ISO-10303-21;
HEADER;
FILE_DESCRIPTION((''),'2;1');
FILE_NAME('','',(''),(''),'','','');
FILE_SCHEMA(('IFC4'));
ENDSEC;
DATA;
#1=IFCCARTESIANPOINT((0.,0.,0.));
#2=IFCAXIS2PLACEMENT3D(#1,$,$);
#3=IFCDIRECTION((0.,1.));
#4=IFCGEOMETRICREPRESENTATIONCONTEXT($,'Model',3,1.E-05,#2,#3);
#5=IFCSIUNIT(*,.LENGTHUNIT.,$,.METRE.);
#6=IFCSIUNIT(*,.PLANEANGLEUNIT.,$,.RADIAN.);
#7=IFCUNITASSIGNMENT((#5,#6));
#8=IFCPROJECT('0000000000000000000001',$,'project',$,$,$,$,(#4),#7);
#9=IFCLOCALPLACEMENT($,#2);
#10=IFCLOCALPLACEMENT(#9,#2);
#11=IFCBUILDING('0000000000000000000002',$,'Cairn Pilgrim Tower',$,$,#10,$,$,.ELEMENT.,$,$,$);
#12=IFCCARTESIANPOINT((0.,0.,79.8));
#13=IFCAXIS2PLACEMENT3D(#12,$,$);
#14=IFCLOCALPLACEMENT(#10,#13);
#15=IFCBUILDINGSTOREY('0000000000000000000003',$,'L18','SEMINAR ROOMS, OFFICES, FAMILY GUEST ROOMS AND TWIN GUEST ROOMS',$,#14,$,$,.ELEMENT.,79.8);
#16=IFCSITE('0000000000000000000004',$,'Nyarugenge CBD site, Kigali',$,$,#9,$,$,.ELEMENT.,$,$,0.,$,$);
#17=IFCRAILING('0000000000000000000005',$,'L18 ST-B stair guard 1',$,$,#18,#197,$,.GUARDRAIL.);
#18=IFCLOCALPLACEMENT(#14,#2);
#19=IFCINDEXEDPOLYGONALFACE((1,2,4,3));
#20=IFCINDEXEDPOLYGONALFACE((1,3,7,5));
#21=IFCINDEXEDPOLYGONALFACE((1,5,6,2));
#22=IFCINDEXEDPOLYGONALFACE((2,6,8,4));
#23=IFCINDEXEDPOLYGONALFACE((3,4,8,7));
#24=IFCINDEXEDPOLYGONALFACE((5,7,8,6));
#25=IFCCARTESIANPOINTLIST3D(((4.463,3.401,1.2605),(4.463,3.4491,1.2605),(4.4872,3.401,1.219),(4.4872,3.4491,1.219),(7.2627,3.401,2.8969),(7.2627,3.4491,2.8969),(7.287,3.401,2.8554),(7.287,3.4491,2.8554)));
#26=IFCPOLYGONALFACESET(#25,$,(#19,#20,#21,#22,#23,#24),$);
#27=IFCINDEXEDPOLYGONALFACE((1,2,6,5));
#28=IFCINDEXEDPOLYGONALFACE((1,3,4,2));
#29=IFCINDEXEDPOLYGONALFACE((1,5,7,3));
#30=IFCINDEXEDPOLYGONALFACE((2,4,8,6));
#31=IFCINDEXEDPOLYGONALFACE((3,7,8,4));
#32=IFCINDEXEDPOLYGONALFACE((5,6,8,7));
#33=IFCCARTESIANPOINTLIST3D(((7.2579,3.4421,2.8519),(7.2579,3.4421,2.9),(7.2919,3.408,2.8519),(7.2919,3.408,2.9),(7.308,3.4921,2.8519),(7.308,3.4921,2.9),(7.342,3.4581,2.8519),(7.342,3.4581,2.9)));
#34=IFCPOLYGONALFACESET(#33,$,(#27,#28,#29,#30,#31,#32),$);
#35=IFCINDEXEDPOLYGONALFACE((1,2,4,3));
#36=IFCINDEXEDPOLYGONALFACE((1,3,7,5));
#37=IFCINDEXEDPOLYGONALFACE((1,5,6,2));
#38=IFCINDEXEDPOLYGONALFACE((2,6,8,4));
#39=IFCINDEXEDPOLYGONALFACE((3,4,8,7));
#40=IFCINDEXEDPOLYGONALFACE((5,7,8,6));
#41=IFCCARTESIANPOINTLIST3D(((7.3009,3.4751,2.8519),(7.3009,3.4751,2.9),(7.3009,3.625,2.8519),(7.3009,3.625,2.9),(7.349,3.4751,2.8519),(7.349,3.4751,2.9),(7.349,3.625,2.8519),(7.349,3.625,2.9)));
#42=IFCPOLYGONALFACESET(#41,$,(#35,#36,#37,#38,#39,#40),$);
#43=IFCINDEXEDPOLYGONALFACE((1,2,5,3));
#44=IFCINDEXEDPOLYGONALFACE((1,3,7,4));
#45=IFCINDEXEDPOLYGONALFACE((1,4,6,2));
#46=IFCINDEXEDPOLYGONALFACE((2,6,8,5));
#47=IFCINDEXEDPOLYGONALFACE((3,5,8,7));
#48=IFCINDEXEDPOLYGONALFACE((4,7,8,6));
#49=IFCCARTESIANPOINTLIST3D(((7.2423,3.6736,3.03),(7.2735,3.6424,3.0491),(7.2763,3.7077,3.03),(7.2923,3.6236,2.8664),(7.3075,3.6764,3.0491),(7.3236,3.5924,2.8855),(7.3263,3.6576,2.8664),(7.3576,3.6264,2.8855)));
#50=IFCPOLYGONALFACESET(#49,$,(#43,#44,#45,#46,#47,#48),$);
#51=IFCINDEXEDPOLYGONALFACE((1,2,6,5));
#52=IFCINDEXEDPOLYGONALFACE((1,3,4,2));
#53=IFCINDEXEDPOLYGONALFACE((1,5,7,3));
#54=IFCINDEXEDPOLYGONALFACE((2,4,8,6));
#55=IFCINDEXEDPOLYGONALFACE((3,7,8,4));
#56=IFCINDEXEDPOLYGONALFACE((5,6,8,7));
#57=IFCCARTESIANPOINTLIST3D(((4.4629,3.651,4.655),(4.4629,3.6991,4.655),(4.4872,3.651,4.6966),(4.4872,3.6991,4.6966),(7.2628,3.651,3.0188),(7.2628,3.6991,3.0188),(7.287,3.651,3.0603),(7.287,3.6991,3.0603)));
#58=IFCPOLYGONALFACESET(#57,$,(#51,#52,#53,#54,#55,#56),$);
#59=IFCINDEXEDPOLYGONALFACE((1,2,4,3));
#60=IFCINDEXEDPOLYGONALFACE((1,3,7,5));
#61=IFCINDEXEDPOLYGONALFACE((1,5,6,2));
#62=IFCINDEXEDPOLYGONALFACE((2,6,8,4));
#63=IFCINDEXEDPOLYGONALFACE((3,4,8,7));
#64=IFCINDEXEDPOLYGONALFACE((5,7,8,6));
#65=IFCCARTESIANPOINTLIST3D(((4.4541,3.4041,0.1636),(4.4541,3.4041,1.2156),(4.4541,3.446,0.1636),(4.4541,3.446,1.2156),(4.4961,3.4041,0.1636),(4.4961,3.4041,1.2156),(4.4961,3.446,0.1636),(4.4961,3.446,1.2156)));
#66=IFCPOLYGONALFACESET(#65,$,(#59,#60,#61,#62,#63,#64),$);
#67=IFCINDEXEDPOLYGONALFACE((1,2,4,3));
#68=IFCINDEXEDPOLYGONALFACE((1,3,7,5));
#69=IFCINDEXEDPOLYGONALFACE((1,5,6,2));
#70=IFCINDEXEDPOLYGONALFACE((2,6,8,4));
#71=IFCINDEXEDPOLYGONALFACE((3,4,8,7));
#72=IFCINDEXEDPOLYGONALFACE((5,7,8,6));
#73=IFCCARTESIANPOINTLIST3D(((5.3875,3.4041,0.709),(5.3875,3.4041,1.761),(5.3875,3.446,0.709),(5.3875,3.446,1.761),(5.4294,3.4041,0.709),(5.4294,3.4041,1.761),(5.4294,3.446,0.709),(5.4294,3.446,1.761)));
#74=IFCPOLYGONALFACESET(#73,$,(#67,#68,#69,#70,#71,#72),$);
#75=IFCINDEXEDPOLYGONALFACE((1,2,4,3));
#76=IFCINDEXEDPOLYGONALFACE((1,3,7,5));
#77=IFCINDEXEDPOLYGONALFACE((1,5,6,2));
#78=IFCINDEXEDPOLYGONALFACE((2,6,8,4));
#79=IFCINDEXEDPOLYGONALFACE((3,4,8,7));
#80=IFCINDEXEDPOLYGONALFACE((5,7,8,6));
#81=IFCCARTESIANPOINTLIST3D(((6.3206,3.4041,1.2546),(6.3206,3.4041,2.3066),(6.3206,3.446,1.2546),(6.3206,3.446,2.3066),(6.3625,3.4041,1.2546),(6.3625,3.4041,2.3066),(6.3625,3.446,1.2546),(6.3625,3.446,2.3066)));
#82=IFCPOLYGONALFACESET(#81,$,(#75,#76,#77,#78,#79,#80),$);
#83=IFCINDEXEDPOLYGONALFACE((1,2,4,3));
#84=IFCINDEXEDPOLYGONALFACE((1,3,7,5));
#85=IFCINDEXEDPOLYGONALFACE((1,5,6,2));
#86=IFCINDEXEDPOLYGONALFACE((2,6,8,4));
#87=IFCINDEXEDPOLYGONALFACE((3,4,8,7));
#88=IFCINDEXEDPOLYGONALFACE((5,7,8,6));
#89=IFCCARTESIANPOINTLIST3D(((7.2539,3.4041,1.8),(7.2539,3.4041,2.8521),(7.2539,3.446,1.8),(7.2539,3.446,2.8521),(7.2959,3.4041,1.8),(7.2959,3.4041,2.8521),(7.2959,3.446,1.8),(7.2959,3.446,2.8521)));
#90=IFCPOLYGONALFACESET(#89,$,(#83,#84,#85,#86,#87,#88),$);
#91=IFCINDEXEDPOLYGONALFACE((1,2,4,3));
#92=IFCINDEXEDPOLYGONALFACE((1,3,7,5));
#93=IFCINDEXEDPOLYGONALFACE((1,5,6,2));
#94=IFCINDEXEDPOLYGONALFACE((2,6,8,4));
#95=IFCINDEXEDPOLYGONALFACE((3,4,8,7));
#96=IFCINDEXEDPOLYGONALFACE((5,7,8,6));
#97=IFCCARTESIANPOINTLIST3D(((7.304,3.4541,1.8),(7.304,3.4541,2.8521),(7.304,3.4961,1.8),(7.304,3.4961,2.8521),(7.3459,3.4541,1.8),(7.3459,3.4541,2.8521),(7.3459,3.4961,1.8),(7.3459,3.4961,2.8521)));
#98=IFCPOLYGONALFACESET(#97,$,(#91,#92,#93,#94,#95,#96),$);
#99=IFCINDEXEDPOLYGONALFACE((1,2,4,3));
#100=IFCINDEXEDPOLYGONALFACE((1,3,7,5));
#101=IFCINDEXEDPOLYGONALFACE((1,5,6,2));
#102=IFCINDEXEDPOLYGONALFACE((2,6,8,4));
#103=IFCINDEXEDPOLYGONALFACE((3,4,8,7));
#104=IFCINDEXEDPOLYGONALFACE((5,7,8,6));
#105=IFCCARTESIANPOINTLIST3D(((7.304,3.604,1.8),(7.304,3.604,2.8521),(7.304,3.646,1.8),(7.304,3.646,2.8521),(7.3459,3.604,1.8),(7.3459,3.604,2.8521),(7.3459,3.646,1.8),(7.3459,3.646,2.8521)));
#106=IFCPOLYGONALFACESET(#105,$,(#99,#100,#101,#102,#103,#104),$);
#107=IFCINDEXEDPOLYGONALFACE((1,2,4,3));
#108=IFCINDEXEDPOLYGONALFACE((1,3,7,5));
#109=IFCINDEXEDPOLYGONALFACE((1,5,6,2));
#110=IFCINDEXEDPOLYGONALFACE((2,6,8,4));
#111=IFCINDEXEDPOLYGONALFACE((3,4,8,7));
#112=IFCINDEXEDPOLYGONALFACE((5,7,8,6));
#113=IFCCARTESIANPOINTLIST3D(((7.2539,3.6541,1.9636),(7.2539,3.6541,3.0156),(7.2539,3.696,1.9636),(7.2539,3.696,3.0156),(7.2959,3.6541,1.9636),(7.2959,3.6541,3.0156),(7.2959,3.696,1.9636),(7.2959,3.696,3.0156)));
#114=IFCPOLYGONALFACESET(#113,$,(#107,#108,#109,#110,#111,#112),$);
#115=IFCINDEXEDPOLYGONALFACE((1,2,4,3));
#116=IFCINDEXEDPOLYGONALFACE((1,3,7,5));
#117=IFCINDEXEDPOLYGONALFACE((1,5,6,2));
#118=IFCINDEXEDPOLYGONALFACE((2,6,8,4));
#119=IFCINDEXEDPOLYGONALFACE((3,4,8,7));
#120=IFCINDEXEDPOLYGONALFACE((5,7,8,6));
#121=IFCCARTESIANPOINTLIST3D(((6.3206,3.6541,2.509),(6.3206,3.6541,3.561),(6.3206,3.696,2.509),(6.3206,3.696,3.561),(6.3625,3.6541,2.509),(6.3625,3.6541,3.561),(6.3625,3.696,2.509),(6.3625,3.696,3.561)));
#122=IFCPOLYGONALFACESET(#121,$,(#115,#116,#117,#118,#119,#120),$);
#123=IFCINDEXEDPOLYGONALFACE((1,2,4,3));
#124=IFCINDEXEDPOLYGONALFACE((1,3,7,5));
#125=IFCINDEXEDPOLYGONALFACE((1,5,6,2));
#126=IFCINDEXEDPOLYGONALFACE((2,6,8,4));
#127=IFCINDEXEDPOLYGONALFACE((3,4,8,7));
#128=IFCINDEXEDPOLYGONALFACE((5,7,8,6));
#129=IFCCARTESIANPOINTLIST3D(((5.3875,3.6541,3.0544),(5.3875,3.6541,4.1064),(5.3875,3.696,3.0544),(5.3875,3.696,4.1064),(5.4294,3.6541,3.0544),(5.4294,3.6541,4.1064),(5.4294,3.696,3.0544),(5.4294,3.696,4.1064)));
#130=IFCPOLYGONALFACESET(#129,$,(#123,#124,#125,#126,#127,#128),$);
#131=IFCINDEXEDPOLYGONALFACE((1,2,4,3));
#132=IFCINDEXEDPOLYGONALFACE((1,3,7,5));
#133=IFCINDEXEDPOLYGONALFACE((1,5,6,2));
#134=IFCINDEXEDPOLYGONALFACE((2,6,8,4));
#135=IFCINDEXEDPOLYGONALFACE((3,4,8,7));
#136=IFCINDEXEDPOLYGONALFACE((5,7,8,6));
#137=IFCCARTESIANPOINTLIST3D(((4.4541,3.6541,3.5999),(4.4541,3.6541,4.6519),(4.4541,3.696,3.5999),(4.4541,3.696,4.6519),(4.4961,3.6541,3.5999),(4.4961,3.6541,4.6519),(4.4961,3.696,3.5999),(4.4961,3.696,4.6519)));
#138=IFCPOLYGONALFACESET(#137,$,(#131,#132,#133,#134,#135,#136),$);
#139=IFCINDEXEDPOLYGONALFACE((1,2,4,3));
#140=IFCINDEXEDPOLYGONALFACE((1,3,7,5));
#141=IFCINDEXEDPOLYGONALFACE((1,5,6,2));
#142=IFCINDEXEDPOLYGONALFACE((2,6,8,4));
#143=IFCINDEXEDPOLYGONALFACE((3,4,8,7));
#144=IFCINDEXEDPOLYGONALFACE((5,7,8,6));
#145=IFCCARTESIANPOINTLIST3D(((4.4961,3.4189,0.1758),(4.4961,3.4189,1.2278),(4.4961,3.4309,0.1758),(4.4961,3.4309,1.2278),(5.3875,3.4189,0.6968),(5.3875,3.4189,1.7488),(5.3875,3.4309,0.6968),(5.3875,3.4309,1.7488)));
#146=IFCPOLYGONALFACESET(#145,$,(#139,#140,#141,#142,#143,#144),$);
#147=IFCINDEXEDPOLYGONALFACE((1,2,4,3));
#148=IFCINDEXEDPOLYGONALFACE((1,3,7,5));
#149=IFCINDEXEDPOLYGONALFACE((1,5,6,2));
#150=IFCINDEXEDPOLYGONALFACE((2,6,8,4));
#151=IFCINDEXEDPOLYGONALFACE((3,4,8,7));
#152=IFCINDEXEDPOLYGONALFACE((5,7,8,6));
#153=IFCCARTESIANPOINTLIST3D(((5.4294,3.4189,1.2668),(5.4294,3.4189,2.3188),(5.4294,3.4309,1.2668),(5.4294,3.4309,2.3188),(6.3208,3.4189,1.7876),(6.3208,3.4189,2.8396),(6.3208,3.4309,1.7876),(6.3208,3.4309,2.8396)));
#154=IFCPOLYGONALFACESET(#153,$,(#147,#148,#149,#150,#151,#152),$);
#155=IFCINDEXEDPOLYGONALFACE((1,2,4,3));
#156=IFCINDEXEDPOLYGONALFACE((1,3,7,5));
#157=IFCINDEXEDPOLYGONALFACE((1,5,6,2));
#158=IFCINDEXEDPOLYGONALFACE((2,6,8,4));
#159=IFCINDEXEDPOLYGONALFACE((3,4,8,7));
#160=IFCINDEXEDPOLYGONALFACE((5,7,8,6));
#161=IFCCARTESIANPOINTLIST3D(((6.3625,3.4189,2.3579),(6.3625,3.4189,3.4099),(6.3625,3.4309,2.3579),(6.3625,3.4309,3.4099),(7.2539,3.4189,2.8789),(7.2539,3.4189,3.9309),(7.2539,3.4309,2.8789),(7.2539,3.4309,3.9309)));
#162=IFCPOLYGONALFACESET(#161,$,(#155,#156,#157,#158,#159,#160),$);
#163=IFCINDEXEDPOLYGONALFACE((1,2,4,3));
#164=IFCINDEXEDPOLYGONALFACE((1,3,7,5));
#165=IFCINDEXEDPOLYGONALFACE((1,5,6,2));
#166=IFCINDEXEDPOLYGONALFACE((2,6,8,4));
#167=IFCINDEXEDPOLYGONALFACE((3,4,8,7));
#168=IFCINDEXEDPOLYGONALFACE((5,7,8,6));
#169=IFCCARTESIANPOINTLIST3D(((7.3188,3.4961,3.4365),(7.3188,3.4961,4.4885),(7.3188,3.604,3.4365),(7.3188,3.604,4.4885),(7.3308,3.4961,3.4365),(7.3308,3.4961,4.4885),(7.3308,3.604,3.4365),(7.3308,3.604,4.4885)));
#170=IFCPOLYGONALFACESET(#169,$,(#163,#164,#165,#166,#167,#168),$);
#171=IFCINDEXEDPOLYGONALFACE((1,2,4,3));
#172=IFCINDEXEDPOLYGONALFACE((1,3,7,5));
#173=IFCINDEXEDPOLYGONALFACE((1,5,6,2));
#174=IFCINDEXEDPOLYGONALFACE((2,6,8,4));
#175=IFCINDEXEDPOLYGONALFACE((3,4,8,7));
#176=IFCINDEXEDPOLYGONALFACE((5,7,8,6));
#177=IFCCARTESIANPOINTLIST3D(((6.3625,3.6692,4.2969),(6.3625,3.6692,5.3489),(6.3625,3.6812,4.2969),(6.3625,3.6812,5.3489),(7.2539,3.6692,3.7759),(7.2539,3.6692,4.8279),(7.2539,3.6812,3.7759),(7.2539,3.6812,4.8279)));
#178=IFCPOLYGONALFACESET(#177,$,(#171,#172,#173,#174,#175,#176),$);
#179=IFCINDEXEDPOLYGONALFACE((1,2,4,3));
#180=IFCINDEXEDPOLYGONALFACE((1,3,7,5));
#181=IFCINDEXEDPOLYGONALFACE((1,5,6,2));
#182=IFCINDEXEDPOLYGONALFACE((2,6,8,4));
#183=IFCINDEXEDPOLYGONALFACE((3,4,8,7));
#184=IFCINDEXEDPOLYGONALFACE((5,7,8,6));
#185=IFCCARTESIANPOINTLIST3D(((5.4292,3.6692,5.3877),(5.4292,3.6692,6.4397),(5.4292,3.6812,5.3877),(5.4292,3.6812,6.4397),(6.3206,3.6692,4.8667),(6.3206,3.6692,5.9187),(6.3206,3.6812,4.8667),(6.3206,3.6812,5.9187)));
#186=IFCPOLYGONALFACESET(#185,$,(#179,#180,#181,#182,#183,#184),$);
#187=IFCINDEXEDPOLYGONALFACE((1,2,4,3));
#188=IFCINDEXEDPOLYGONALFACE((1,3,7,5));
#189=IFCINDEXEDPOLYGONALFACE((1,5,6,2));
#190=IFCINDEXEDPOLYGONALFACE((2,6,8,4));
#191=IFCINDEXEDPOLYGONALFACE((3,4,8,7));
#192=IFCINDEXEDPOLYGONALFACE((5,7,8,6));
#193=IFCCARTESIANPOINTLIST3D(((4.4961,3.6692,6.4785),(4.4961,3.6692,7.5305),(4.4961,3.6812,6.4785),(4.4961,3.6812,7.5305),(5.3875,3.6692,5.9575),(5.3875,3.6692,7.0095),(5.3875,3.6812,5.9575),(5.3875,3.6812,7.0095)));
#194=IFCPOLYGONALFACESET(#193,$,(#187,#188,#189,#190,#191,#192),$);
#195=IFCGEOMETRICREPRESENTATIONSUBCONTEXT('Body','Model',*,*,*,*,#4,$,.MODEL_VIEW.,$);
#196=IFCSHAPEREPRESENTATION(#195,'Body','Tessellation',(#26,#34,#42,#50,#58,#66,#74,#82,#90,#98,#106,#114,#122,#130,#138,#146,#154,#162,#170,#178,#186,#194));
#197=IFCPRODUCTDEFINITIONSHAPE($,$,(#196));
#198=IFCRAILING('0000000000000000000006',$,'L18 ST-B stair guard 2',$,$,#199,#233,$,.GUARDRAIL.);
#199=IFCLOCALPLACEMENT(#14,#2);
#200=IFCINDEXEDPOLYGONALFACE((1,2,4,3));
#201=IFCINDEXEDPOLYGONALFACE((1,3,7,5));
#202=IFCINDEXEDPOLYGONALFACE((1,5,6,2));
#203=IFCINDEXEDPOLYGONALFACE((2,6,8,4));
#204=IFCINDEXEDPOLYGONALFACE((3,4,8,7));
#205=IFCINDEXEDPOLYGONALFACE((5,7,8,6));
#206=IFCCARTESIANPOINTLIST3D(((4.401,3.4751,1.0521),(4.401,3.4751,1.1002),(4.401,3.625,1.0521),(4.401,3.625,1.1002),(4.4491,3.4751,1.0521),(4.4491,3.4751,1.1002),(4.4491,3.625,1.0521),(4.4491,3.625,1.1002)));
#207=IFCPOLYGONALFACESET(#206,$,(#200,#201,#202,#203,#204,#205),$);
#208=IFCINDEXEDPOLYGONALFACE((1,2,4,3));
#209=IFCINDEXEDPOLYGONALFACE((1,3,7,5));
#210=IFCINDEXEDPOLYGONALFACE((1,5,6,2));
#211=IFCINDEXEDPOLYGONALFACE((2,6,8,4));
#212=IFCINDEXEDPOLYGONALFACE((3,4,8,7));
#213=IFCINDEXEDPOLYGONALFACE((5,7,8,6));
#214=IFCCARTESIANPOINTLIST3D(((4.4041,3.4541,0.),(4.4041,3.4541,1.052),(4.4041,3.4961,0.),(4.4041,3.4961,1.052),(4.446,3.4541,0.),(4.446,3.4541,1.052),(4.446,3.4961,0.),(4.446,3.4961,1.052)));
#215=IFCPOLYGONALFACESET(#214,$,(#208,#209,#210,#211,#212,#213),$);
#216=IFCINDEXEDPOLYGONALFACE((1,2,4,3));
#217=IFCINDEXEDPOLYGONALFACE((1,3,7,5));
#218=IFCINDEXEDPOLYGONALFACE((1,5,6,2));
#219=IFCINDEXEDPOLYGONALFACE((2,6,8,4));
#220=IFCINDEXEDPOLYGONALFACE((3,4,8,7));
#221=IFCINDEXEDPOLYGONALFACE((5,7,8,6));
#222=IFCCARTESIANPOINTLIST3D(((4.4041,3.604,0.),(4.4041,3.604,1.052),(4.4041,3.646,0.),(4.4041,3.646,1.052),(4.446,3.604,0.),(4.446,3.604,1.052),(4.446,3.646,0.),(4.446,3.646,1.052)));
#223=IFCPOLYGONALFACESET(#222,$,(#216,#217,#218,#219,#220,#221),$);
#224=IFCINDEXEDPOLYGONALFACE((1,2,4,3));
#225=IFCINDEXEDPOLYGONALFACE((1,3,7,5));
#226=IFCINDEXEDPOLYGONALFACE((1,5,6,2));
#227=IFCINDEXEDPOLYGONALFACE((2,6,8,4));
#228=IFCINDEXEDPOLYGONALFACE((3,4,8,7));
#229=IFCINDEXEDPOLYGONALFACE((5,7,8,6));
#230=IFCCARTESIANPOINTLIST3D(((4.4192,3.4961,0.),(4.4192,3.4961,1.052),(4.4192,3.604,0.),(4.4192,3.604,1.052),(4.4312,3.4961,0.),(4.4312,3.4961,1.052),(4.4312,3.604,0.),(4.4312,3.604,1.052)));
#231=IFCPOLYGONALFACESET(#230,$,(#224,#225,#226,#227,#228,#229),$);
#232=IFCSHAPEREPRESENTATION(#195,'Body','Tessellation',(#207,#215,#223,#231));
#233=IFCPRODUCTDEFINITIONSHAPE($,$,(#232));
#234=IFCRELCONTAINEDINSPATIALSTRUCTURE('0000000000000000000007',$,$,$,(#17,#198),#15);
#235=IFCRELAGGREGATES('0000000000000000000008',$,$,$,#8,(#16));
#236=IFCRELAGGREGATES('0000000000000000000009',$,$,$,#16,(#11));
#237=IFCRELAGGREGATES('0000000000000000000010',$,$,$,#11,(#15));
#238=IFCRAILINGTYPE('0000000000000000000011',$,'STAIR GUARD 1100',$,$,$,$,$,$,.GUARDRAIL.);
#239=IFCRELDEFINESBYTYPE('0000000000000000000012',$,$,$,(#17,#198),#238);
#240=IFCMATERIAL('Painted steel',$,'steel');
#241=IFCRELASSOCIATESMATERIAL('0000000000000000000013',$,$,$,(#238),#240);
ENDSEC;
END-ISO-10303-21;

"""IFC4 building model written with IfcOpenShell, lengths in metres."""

from ifc_helpers import new_model, si_unit, direction, frame, origin, origin_2d, place, context, subcontext, project, spatial, polyline, rectangle, outline, extrude, material, type_object, element, save


model = new_model("IFC4")

# Units and contexts
model_context = context("Model", 3, precision=1e-05, world=origin(), true_north=direction((0.0, 1.0)))
body_context = subcontext(model_context, "Body", "Model", "MODEL_VIEW")
ifc_project = project(units=[si_unit("LENGTHUNIT", "METRE"), si_unit("PLANEANGLEUNIT", "RADIAN")], contexts=[model_context])

# Site, building, storey
site_placement = place(None, origin())
site = spatial("IfcSite", under=ifc_project, at=site_placement, Name="Nyarugenge CBD site, Kigali", CompositionType="ELEMENT", RefElevation=0.0)
building_placement = place(site_placement, origin())
building = spatial("IfcBuilding", under=site, at=building_placement, Name="Cairn Pilgrim Tower", CompositionType="ELEMENT")
storey_placement = place(building_placement, frame((0.0, 0.0, 79.8)))
storey = spatial("IfcBuildingStorey", under=building, at=storey_placement, Name="L18", Description="SEMINAR ROOMS, OFFICES, FAMILY GUEST ROOMS AND TWIN GUEST ROOMS", CompositionType="ELEMENT", Elevation=79.8)

# Shared definitions
ifc_material_1 = material(Name="Painted steel", Category="steel")

# Railings
railing_type_1 = type_object("IfcRailingType", Name="STAIR GUARD 1100", PredefinedType="GUARDRAIL", material=ifc_material_1)
railing_1_placement = place(storey_placement, frame((4.4751, 3.425, 0.1636)))
element("IfcRailing", 1, at=railing_1_placement, inside=storey, type_object=railing_type_1, Name="L18 ST-B stair guard 1", PredefinedType="GUARDRAIL", context=body_context, shape_type="SweptSolid", body=[
    extrude(rectangle(XDim=0.0481, YDim=0.0481, at=origin_2d()), frame((0.0, 0.0, 1.0762), z_axis=(0.863342, 0.0, 0.50462), x_axis=(0.0, 1.0, 0.0)), (0.0, 0.0, 1.0), 3.2429),
    extrude(rectangle(XDim=0.0481, YDim=0.0481, at=origin_2d()), frame((2.7998, 0.0, 2.7124), z_axis=(0.707107, 0.707107, 0.0), x_axis=(-0.707107, 0.707107, 0.0)), (0.0, 0.0, 1.0), 0.0708),
    extrude(rectangle(XDim=0.0481, YDim=0.0481, at=origin_2d()), frame((2.8499, 0.05, 2.7124), z_axis=(0.0, 1.0, 0.0), x_axis=(-1.0, 0.0, 0.0)), (0.0, 0.0, 1.0), 0.1499),
    extrude(rectangle(XDim=0.0481, YDim=0.0481, at=origin_2d()), frame((2.8499, 0.2, 2.7124), z_axis=(-0.280809, 0.280809, 0.917765), x_axis=(-0.707107, -0.707107, 0.0)), (0.0, 0.0, 1.0), 0.1782),
    extrude(rectangle(XDim=0.0481, YDim=0.0481, at=origin_2d()), frame((2.7998, 0.25, 2.876), z_axis=(-0.863374, 0.0, 0.504564), x_axis=(0.0, -1.0, 0.0)), (0.0, 0.0, 1.0), 3.2429),
    extrude(rectangle(XDim=0.042, YDim=0.042, at=origin_2d()), origin(), (0.0, 0.0, 1.0), 1.052),
    extrude(rectangle(XDim=0.042, YDim=0.042, at=origin_2d()), frame((0.9333, 0.0, 0.5454)), (0.0, 0.0, 1.0), 1.052),
    extrude(rectangle(XDim=0.042, YDim=0.042, at=origin_2d()), frame((1.8665, 0.0, 1.0911)), (0.0, 0.0, 1.0), 1.052),
    extrude(rectangle(XDim=0.042, YDim=0.042, at=origin_2d()), frame((2.7998, 0.0, 1.6365)), (0.0, 0.0, 1.0), 1.052),
    extrude(rectangle(XDim=0.042, YDim=0.042, at=origin_2d()), frame((2.8499, 0.05, 1.6365)), (0.0, 0.0, 1.0), 1.052),
    extrude(rectangle(XDim=0.042, YDim=0.042, at=origin_2d()), frame((2.8499, 0.2, 1.6365)), (0.0, 0.0, 1.0), 1.052),
    extrude(rectangle(XDim=0.042, YDim=0.042, at=origin_2d()), frame((2.7998, 0.25, 1.8)), (0.0, 0.0, 1.0), 1.052),
    extrude(rectangle(XDim=0.042, YDim=0.042, at=origin_2d()), frame((1.8665, 0.25, 2.3455)), (0.0, 0.0, 1.0), 1.052),
    extrude(rectangle(XDim=0.042, YDim=0.042, at=origin_2d()), frame((0.9333, 0.25, 2.8909)), (0.0, 0.0, 1.0), 1.052),
    extrude(rectangle(XDim=0.042, YDim=0.042, at=origin_2d()), frame((0.0, 0.25, 3.4363)), (0.0, 0.0, 1.0), 1.052),
    extrude(outline(polyline([(0.021, 0.0122), (0.9124, 0.5332), (0.9124, 1.5852), (0.021, 1.0642), (0.021, 0.0122)])), frame((0.0, 0.0059, 0.0), z_axis=(0.0, -1.0, 0.0), x_axis=(1.0, 0.0, 0.0)), (0.0, 0.0, 1.0), 0.012),
    extrude(outline(polyline([(0.021, 0.5579), (0.9124, 1.0786), (0.9124, 2.1306), (0.021, 1.6099), (0.021, 0.5579)])), frame((0.9333, 0.0059, 0.5454), z_axis=(0.0, -1.0, 0.0), x_axis=(1.0, 0.0, 0.0)), (0.0, 0.0, 1.0), 0.012),
    extrude(outline(polyline([(0.021, 1.1033), (0.9124, 1.6243), (0.9124, 2.6763), (0.021, 2.1553), (0.021, 1.1033)])), frame((1.8665, 0.0059, 1.0911), z_axis=(0.0, -1.0, 0.0), x_axis=(1.0, 0.0, 0.0)), (0.0, 0.0, 1.0), 0.012),
    extrude(outline(polyline([(0.021, 1.6365), (0.1289, 1.6365), (0.1289, 2.6885), (0.021, 2.6885), (0.021, 1.6365)])), frame((2.8438, 0.05, 1.6365), z_axis=(1.0, 0.0, 0.0), x_axis=(0.0, 1.0, 0.0)), (0.0, 0.0, 1.0), 0.012),
    extrude(outline(polyline([(0.021, 1.8123), (0.9124, 2.3333), (0.9124, 3.3853), (0.021, 2.8643), (0.021, 1.8123)])), frame((2.7998, 0.2441, 1.8), z_axis=(0.0, 1.0, 0.0), x_axis=(-1.0, 0.0, 0.0)), (0.0, 0.0, 1.0), 0.012),
    extrude(outline(polyline([(0.021, 2.3577), (0.9124, 2.8787), (0.9124, 3.9307), (0.021, 3.4097), (0.021, 2.3577)])), frame((1.8665, 0.2441, 2.3455), z_axis=(0.0, 1.0, 0.0), x_axis=(-1.0, 0.0, 0.0)), (0.0, 0.0, 1.0), 0.012),
    extrude(outline(polyline([(0.021, 2.9031), (0.9124, 3.4241), (0.9124, 4.4761), (0.021, 3.9551), (0.021, 2.9031)])), frame((0.9333, 0.2441, 2.8909), z_axis=(0.0, 1.0, 0.0), x_axis=(-1.0, 0.0, 0.0)), (0.0, 0.0, 1.0), 0.012),
])
railing_2_placement = place(storey_placement, frame((4.425, 3.4751, 0.0)))
element("IfcRailing", 2, at=railing_2_placement, inside=storey, type_object=railing_type_1, Name="L18 ST-B stair guard 2", PredefinedType="GUARDRAIL", context=body_context, shape_type="SweptSolid", body=[
    extrude(rectangle(XDim=0.0481, YDim=0.0481, at=origin_2d()), frame((0.0, 0.0, 1.0762), z_axis=(0.0, 1.0, 0.0), x_axis=(-1.0, 0.0, 0.0)), (0.0, 0.0, 1.0), 0.1499),
    extrude(rectangle(XDim=0.042, YDim=0.042, at=origin_2d()), origin(), (0.0, 0.0, 1.0), 1.052),
    extrude(rectangle(XDim=0.042, YDim=0.042, at=origin_2d()), frame((0.0, 0.1499, 0.0)), (0.0, 0.0, 1.0), 1.052),
    extrude(outline(polyline([(0.021, 0.0), (0.1289, 0.0), (0.1289, 1.052), (0.021, 1.052), (0.021, 0.0)])), frame((-0.0059, 0.0, 0.0), z_axis=(1.0, 0.0, 0.0), x_axis=(0.0, 1.0, 0.0)), (0.0, 0.0, 1.0), 0.012),
])

save(model, "model.ifc")
